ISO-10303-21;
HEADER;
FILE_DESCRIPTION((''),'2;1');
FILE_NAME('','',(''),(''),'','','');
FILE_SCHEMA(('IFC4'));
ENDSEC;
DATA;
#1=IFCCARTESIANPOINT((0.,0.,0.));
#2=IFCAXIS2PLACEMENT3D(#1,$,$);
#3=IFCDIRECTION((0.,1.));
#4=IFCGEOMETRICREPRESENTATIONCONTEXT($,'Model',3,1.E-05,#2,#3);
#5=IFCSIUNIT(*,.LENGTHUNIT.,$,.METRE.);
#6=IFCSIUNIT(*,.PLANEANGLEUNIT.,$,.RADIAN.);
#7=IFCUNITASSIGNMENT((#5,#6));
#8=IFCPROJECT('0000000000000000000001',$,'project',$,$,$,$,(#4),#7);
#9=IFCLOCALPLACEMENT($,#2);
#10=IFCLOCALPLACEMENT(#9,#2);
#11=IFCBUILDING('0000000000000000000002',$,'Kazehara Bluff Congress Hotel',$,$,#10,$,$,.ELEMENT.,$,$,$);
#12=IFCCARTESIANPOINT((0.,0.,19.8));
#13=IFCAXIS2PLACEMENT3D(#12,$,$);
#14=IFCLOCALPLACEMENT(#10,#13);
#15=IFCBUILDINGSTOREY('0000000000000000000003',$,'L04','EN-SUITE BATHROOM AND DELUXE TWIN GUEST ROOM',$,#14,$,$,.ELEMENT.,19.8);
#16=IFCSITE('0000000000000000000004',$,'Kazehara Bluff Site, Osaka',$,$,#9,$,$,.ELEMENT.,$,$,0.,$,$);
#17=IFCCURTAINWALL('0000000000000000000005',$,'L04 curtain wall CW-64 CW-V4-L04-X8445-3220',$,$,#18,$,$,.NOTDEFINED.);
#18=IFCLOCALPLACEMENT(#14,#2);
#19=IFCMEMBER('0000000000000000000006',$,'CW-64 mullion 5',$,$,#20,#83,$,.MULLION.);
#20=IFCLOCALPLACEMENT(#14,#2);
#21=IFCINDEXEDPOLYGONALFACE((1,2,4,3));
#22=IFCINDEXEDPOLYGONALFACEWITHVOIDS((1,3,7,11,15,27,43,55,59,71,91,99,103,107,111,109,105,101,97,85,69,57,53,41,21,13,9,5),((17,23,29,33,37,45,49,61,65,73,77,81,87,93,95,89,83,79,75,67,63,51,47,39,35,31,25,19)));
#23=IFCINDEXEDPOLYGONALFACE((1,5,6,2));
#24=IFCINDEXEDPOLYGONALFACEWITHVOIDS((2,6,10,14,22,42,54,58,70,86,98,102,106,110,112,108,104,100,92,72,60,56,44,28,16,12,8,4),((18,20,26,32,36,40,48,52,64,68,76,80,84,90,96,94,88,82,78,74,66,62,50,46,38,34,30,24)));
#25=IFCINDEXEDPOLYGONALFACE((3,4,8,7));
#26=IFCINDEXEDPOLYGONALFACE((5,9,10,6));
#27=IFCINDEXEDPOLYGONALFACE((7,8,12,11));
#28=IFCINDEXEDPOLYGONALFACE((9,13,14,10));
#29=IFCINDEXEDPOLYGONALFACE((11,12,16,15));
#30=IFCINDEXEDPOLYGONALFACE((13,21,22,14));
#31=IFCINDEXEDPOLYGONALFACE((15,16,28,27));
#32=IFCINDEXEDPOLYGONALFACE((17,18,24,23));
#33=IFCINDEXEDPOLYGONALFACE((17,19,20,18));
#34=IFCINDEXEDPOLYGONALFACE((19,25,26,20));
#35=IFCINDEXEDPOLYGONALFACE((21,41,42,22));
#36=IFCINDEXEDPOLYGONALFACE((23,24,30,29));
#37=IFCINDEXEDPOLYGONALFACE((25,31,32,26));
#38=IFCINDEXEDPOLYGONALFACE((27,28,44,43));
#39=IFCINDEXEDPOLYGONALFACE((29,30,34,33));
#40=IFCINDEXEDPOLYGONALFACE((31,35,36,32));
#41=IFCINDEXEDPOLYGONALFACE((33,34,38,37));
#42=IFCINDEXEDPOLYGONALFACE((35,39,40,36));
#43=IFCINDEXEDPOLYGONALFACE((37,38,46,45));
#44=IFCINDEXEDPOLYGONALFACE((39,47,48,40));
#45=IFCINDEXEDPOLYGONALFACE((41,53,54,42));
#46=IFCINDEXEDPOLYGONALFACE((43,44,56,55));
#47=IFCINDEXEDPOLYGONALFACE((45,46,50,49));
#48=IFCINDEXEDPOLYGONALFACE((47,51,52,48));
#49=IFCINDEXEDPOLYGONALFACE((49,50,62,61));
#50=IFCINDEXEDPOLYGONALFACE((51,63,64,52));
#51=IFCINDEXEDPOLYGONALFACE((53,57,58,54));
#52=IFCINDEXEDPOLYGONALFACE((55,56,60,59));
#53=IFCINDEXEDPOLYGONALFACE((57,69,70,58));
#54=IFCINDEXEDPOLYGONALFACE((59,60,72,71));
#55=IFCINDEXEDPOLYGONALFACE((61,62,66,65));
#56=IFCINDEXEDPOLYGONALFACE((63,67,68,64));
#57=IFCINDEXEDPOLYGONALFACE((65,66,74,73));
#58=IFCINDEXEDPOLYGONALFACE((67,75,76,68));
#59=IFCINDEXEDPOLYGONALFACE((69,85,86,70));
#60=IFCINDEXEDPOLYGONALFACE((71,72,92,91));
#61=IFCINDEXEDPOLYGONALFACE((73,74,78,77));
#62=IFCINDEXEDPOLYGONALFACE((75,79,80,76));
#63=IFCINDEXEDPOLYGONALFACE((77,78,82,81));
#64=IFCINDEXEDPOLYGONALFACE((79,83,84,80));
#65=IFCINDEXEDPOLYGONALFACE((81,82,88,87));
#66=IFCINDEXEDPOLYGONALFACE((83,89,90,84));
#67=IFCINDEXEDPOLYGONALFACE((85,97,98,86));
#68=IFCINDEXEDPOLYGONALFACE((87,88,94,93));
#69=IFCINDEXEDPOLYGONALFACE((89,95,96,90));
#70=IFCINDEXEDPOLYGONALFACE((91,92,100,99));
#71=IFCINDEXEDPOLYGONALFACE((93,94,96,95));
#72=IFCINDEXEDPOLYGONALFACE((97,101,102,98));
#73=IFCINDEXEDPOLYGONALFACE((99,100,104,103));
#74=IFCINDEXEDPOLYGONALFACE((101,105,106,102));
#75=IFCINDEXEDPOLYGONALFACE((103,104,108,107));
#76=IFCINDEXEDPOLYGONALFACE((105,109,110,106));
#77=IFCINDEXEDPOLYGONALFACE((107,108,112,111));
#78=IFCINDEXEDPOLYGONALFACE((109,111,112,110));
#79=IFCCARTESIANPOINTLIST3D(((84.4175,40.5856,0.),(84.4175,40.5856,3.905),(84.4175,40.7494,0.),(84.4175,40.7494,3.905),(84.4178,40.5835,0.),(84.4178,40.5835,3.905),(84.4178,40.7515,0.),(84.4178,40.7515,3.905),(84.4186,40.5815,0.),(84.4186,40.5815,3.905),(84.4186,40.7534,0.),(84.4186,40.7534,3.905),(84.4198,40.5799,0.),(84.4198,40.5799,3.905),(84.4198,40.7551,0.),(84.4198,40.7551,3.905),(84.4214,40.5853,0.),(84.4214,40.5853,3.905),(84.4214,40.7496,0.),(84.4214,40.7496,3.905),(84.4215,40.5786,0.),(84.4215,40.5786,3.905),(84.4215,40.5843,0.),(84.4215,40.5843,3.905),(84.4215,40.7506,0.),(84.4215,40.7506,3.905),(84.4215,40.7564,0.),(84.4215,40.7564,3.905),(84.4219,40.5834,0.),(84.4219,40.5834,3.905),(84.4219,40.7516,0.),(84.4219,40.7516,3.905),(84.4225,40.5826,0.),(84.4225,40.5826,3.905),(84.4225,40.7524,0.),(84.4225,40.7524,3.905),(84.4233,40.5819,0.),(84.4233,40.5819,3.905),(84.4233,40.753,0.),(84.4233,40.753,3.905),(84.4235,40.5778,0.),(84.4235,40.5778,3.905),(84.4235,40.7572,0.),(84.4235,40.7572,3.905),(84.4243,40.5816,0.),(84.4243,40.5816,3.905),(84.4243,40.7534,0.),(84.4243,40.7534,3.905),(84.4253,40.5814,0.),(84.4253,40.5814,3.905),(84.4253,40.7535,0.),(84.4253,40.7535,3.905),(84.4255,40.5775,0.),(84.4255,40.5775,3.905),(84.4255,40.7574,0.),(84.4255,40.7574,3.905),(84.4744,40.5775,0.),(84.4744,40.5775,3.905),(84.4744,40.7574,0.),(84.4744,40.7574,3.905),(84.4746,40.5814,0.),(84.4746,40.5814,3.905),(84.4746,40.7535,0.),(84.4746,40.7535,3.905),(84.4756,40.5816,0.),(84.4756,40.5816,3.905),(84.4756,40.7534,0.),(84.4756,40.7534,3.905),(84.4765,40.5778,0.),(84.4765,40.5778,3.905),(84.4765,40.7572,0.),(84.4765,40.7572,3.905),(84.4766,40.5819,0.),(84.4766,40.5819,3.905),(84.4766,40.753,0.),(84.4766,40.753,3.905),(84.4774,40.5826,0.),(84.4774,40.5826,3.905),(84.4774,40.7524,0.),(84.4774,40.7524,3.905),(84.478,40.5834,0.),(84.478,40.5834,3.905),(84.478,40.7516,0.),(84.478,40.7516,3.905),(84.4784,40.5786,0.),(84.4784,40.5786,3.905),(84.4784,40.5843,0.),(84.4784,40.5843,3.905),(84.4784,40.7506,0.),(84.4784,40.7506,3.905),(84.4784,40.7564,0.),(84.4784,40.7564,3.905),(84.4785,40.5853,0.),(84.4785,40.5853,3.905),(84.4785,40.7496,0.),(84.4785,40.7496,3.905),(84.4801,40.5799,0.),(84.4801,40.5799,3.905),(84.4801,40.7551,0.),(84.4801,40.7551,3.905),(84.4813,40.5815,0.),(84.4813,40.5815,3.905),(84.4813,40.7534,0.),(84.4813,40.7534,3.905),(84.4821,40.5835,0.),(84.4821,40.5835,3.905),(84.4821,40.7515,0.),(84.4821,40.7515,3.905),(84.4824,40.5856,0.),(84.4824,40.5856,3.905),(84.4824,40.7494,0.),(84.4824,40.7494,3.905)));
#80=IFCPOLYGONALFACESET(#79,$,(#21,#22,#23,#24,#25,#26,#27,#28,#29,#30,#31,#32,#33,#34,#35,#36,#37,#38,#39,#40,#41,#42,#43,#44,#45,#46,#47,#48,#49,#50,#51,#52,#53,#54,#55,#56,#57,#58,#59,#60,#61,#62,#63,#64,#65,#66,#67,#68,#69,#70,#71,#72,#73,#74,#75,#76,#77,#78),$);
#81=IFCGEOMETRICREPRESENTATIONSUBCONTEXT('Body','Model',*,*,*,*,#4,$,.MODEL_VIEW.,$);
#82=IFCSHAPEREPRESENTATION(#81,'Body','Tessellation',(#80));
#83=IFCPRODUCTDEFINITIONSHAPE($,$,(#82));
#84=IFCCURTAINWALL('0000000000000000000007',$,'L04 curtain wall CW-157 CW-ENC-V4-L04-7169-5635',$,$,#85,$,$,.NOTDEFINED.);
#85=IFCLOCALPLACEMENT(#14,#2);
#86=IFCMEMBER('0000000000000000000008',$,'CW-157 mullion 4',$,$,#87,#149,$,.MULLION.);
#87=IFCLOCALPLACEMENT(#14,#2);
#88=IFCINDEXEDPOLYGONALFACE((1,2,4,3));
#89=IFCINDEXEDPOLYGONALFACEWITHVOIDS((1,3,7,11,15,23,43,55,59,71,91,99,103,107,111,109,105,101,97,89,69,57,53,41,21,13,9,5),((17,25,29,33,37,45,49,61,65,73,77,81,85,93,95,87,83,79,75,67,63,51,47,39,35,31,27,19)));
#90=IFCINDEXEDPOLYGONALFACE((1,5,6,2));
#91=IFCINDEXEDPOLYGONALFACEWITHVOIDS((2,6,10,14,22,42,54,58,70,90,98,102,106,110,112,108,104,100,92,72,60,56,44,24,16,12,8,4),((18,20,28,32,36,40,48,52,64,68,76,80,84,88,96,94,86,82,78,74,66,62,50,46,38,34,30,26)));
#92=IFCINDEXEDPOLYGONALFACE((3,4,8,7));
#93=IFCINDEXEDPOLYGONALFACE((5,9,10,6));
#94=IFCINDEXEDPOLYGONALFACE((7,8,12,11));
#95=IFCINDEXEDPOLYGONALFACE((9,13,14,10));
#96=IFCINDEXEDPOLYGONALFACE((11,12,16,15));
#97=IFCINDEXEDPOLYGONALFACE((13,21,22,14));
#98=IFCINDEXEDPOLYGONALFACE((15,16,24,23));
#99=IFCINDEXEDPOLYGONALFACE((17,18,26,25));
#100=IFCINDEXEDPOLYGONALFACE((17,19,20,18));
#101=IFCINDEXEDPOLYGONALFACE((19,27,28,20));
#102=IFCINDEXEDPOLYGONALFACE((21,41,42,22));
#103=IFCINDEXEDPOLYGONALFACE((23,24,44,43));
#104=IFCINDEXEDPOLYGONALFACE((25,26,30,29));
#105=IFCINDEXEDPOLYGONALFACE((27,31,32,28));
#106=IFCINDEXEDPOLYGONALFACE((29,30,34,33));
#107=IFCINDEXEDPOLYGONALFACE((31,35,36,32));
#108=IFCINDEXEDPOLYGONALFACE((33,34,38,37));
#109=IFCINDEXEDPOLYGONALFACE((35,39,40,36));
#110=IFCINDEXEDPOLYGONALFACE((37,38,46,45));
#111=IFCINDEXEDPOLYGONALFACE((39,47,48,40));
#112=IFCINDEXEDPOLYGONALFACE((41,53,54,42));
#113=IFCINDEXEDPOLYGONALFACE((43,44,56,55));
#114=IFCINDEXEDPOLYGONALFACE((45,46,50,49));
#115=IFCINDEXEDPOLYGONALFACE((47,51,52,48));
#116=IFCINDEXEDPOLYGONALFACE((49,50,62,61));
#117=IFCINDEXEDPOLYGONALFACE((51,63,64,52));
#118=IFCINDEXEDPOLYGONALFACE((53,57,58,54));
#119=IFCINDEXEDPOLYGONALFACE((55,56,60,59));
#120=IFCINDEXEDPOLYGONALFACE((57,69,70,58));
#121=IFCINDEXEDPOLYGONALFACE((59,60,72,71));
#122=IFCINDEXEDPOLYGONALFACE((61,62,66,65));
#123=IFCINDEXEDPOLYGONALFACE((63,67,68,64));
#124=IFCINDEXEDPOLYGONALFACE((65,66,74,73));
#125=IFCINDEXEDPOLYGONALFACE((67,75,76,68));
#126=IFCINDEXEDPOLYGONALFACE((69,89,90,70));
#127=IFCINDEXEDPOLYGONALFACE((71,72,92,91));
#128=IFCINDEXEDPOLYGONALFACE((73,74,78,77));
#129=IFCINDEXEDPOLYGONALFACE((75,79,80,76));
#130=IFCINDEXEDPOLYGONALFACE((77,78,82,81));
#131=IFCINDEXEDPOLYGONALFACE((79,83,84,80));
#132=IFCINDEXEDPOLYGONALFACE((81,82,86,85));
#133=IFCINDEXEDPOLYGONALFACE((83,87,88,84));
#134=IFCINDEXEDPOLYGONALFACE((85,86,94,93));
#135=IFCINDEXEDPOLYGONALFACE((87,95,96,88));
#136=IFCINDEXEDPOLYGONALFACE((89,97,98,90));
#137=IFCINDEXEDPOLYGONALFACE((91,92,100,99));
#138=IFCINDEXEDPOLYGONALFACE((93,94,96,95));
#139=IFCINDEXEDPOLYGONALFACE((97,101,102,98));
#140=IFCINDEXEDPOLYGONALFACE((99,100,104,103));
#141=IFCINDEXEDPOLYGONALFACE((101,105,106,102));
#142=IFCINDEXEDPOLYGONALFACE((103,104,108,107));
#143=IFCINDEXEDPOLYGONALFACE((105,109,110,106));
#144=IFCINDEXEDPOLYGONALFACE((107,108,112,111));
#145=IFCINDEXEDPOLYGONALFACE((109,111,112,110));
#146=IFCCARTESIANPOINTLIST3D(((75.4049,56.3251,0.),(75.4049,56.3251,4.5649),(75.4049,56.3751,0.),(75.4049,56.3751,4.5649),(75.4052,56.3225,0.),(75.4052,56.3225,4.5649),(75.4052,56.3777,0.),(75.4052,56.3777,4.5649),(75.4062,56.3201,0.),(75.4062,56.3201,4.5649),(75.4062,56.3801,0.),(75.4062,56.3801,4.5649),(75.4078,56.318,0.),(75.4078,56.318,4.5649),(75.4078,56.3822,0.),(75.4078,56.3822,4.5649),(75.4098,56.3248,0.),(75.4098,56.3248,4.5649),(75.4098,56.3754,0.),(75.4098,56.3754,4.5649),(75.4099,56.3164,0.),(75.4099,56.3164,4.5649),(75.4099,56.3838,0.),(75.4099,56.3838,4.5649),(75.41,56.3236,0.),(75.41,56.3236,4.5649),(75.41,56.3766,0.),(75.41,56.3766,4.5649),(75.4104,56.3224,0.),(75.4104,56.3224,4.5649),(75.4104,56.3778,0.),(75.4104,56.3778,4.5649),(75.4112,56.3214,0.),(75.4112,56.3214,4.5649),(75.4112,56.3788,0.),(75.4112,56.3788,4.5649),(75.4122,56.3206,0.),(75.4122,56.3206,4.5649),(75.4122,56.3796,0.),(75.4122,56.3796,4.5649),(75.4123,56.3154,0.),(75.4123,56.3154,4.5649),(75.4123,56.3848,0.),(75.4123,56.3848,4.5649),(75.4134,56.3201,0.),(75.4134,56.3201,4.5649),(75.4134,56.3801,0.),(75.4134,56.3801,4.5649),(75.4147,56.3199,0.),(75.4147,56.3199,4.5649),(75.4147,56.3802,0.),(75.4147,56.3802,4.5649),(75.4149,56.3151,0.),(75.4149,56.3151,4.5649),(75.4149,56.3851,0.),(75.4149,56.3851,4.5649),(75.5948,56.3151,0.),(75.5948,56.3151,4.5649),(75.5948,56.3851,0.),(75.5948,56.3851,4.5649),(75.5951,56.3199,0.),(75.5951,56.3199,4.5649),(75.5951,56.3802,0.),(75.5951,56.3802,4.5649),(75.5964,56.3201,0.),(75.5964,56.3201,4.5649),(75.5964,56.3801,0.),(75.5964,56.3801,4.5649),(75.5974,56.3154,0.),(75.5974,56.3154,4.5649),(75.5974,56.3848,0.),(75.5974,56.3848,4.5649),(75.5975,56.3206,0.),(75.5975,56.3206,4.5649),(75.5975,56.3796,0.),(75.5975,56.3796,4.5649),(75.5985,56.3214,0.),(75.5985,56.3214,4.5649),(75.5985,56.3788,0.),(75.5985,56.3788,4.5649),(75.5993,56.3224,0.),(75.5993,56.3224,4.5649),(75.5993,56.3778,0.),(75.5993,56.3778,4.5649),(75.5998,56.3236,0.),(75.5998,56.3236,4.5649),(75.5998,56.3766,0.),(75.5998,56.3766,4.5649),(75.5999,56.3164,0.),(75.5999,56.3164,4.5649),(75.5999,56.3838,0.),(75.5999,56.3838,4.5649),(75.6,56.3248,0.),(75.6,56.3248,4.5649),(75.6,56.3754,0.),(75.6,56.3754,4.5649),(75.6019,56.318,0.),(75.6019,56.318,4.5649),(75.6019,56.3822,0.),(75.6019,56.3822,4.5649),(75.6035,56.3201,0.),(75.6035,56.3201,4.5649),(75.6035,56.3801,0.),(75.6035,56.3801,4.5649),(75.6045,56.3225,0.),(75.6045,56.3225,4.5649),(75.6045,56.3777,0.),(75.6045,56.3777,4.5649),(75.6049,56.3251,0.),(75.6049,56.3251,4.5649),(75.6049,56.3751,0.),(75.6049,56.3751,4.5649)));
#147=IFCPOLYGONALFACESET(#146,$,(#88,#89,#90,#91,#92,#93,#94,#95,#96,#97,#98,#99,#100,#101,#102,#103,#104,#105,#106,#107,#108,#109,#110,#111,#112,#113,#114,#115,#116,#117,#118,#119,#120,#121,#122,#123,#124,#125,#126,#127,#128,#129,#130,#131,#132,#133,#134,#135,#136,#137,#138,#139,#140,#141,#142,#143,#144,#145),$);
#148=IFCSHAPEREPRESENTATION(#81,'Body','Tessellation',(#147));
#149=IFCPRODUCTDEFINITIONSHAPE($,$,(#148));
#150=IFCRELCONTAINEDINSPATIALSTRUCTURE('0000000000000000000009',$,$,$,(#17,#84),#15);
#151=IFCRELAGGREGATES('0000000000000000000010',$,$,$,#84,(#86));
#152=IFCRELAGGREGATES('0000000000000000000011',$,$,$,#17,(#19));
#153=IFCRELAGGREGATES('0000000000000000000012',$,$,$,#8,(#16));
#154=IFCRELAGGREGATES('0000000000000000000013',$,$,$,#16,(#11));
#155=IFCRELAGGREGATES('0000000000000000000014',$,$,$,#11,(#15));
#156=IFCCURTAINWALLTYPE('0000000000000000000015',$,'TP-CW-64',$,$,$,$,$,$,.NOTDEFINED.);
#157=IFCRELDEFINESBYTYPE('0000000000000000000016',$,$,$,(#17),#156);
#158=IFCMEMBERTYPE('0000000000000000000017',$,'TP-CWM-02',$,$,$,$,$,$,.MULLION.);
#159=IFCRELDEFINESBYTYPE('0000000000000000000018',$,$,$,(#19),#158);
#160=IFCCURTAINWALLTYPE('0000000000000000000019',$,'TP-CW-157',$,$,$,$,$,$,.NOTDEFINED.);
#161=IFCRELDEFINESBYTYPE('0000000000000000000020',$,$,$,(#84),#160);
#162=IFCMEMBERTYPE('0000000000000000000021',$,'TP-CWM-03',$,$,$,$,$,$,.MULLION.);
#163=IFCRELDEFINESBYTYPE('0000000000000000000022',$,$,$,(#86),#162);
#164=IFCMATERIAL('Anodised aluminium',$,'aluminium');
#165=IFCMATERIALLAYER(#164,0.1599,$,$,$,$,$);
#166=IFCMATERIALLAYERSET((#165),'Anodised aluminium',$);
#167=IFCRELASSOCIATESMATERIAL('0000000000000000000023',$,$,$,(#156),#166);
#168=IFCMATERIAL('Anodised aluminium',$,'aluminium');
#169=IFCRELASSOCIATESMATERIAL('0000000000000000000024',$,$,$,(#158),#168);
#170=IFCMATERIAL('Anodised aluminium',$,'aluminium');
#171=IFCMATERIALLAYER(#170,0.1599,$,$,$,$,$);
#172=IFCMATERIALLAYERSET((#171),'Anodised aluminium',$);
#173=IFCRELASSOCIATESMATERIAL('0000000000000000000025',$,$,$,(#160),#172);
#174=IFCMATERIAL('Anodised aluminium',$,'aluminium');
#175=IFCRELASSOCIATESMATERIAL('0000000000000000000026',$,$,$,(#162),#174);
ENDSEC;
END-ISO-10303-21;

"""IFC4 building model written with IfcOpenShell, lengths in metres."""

from ifc_helpers import new_model, si_unit, direction, frame, origin, origin_2d, place, context, subcontext, project, spatial, hollow_rectangle, extrude, material, layer, layer_set, material_profile, profile_set, type_object, element, aggregate, save


model = new_model("IFC4")

# Units and contexts
model_context = context("Model", 3, precision=1e-05, world=origin(), true_north=direction((0.0, 1.0)))
body_context = subcontext(model_context, "Body", "Model", "MODEL_VIEW")
ifc_project = project(units=[si_unit("LENGTHUNIT", "METRE"), si_unit("PLANEANGLEUNIT", "RADIAN")], contexts=[model_context])

# Site, building, storey
site_placement = place(None, origin())
site = spatial("IfcSite", under=ifc_project, at=site_placement, Name="Kazehara Bluff Site, Osaka", CompositionType="ELEMENT", RefElevation=0.0)
building_placement = place(site_placement, origin())
building = spatial("IfcBuilding", under=site, at=building_placement, Name="Kazehara Bluff Congress Hotel", CompositionType="ELEMENT")
storey_placement = place(building_placement, frame((0.0, 0.0, 19.8)))
storey = spatial("IfcBuildingStorey", under=building, at=storey_placement, Name="L04", Description="EN-SUITE BATHROOM AND DELUXE TWIN GUEST ROOM", CompositionType="ELEMENT", Elevation=19.8)

# Curtain wall, member
ifc_material_1 = material(Name="Anodised aluminium", Category="aluminium")
ifc_layer_1 = layer(ifc_material_1, 0.1599)
ifc_layer_set_1 = layer_set([ifc_layer_1], Name="Anodised aluminium")
curtain_wall_type_1 = type_object("IfcCurtainWallType", Name="TP-CW-64", PredefinedType="NOTDEFINED", material=ifc_layer_set_1)
curtain_wall_1_placement = place(storey_placement, origin())
curtain_wall_1 = element("IfcCurtainWall", 1, at=curtain_wall_1_placement, inside=storey, type_object=curtain_wall_type_1, Name="L04 curtain wall CW-64 CW-V4-L04-X8445-3220", PredefinedType="NOTDEFINED")
ifc_material_2 = material(Name="Anodised aluminium", Category="aluminium")
ifc_material_profile_1 = material_profile(ifc_material_2, hollow_rectangle(XDim=0.0649, YDim=0.1799, WallThickness=0.0039, InnerFilletRadius=0.0039, OuterFilletRadius=0.0081, at=origin_2d()))
ifc_profile_set_1 = profile_set([ifc_material_profile_1], Name="Anodised aluminium")
member_type_1 = type_object("IfcMemberType", Name="TP-CWM-02", PredefinedType="MULLION", material=ifc_profile_set_1)
member_1_placement = place(storey_placement, frame((84.45, 40.6675, 0.0), z_axis=(0.0, 0.0, 1.0), x_axis=(-1.0, 0.0, 0.0)))
member_1 = element("IfcMember", 2, at=member_1_placement, type_object=member_type_1, Name="CW-64 mullion 5", PredefinedType="MULLION", context=body_context, shape_type="SweptSolid", body=[
    extrude(hollow_rectangle(XDim=0.0649, YDim=0.1799, WallThickness=0.0039, InnerFilletRadius=0.0039, OuterFilletRadius=0.0081, at=origin_2d()), origin(), (0.0, 0.0, 1.0), 3.905),
])

# Curtain wall, member
ifc_material_3 = material(Name="Anodised aluminium", Category="aluminium")
ifc_layer_2 = layer(ifc_material_3, 0.1599)
ifc_layer_set_2 = layer_set([ifc_layer_2], Name="Anodised aluminium")
curtain_wall_type_2 = type_object("IfcCurtainWallType", Name="TP-CW-157", PredefinedType="NOTDEFINED", material=ifc_layer_set_2)
curtain_wall_2_placement = place(storey_placement, origin())
curtain_wall_2 = element("IfcCurtainWall", 3, at=curtain_wall_2_placement, inside=storey, type_object=curtain_wall_type_2, Name="L04 curtain wall CW-157 CW-ENC-V4-L04-7169-5635", PredefinedType="NOTDEFINED")
ifc_material_4 = material(Name="Anodised aluminium", Category="aluminium")
ifc_material_profile_2 = material_profile(ifc_material_4, hollow_rectangle(XDim=0.0701, YDim=0.2, WallThickness=0.0049, InnerFilletRadius=0.0049, OuterFilletRadius=0.01, at=origin_2d()))
ifc_profile_set_2 = profile_set([ifc_material_profile_2], Name="Anodised aluminium")
member_type_2 = type_object("IfcMemberType", Name="TP-CWM-03", PredefinedType="MULLION", material=ifc_profile_set_2)
member_2_placement = place(storey_placement, frame((75.5049, 56.3501, 0.0), z_axis=(0.0, 0.0, 1.0), x_axis=(0.0, 1.0, 0.0)))
member_2 = element("IfcMember", 4, at=member_2_placement, type_object=member_type_2, Name="CW-157 mullion 4", PredefinedType="MULLION", context=body_context, shape_type="SweptSolid", body=[
    extrude(hollow_rectangle(XDim=0.0701, YDim=0.2, WallThickness=0.0049, InnerFilletRadius=0.0049, OuterFilletRadius=0.01, at=origin_2d()), origin(), (0.0, 0.0, 1.0), 4.5649),
])
aggregate(curtain_wall_2, [member_2])

aggregate(curtain_wall_1, [member_1])

save(model, "model.ifc")
